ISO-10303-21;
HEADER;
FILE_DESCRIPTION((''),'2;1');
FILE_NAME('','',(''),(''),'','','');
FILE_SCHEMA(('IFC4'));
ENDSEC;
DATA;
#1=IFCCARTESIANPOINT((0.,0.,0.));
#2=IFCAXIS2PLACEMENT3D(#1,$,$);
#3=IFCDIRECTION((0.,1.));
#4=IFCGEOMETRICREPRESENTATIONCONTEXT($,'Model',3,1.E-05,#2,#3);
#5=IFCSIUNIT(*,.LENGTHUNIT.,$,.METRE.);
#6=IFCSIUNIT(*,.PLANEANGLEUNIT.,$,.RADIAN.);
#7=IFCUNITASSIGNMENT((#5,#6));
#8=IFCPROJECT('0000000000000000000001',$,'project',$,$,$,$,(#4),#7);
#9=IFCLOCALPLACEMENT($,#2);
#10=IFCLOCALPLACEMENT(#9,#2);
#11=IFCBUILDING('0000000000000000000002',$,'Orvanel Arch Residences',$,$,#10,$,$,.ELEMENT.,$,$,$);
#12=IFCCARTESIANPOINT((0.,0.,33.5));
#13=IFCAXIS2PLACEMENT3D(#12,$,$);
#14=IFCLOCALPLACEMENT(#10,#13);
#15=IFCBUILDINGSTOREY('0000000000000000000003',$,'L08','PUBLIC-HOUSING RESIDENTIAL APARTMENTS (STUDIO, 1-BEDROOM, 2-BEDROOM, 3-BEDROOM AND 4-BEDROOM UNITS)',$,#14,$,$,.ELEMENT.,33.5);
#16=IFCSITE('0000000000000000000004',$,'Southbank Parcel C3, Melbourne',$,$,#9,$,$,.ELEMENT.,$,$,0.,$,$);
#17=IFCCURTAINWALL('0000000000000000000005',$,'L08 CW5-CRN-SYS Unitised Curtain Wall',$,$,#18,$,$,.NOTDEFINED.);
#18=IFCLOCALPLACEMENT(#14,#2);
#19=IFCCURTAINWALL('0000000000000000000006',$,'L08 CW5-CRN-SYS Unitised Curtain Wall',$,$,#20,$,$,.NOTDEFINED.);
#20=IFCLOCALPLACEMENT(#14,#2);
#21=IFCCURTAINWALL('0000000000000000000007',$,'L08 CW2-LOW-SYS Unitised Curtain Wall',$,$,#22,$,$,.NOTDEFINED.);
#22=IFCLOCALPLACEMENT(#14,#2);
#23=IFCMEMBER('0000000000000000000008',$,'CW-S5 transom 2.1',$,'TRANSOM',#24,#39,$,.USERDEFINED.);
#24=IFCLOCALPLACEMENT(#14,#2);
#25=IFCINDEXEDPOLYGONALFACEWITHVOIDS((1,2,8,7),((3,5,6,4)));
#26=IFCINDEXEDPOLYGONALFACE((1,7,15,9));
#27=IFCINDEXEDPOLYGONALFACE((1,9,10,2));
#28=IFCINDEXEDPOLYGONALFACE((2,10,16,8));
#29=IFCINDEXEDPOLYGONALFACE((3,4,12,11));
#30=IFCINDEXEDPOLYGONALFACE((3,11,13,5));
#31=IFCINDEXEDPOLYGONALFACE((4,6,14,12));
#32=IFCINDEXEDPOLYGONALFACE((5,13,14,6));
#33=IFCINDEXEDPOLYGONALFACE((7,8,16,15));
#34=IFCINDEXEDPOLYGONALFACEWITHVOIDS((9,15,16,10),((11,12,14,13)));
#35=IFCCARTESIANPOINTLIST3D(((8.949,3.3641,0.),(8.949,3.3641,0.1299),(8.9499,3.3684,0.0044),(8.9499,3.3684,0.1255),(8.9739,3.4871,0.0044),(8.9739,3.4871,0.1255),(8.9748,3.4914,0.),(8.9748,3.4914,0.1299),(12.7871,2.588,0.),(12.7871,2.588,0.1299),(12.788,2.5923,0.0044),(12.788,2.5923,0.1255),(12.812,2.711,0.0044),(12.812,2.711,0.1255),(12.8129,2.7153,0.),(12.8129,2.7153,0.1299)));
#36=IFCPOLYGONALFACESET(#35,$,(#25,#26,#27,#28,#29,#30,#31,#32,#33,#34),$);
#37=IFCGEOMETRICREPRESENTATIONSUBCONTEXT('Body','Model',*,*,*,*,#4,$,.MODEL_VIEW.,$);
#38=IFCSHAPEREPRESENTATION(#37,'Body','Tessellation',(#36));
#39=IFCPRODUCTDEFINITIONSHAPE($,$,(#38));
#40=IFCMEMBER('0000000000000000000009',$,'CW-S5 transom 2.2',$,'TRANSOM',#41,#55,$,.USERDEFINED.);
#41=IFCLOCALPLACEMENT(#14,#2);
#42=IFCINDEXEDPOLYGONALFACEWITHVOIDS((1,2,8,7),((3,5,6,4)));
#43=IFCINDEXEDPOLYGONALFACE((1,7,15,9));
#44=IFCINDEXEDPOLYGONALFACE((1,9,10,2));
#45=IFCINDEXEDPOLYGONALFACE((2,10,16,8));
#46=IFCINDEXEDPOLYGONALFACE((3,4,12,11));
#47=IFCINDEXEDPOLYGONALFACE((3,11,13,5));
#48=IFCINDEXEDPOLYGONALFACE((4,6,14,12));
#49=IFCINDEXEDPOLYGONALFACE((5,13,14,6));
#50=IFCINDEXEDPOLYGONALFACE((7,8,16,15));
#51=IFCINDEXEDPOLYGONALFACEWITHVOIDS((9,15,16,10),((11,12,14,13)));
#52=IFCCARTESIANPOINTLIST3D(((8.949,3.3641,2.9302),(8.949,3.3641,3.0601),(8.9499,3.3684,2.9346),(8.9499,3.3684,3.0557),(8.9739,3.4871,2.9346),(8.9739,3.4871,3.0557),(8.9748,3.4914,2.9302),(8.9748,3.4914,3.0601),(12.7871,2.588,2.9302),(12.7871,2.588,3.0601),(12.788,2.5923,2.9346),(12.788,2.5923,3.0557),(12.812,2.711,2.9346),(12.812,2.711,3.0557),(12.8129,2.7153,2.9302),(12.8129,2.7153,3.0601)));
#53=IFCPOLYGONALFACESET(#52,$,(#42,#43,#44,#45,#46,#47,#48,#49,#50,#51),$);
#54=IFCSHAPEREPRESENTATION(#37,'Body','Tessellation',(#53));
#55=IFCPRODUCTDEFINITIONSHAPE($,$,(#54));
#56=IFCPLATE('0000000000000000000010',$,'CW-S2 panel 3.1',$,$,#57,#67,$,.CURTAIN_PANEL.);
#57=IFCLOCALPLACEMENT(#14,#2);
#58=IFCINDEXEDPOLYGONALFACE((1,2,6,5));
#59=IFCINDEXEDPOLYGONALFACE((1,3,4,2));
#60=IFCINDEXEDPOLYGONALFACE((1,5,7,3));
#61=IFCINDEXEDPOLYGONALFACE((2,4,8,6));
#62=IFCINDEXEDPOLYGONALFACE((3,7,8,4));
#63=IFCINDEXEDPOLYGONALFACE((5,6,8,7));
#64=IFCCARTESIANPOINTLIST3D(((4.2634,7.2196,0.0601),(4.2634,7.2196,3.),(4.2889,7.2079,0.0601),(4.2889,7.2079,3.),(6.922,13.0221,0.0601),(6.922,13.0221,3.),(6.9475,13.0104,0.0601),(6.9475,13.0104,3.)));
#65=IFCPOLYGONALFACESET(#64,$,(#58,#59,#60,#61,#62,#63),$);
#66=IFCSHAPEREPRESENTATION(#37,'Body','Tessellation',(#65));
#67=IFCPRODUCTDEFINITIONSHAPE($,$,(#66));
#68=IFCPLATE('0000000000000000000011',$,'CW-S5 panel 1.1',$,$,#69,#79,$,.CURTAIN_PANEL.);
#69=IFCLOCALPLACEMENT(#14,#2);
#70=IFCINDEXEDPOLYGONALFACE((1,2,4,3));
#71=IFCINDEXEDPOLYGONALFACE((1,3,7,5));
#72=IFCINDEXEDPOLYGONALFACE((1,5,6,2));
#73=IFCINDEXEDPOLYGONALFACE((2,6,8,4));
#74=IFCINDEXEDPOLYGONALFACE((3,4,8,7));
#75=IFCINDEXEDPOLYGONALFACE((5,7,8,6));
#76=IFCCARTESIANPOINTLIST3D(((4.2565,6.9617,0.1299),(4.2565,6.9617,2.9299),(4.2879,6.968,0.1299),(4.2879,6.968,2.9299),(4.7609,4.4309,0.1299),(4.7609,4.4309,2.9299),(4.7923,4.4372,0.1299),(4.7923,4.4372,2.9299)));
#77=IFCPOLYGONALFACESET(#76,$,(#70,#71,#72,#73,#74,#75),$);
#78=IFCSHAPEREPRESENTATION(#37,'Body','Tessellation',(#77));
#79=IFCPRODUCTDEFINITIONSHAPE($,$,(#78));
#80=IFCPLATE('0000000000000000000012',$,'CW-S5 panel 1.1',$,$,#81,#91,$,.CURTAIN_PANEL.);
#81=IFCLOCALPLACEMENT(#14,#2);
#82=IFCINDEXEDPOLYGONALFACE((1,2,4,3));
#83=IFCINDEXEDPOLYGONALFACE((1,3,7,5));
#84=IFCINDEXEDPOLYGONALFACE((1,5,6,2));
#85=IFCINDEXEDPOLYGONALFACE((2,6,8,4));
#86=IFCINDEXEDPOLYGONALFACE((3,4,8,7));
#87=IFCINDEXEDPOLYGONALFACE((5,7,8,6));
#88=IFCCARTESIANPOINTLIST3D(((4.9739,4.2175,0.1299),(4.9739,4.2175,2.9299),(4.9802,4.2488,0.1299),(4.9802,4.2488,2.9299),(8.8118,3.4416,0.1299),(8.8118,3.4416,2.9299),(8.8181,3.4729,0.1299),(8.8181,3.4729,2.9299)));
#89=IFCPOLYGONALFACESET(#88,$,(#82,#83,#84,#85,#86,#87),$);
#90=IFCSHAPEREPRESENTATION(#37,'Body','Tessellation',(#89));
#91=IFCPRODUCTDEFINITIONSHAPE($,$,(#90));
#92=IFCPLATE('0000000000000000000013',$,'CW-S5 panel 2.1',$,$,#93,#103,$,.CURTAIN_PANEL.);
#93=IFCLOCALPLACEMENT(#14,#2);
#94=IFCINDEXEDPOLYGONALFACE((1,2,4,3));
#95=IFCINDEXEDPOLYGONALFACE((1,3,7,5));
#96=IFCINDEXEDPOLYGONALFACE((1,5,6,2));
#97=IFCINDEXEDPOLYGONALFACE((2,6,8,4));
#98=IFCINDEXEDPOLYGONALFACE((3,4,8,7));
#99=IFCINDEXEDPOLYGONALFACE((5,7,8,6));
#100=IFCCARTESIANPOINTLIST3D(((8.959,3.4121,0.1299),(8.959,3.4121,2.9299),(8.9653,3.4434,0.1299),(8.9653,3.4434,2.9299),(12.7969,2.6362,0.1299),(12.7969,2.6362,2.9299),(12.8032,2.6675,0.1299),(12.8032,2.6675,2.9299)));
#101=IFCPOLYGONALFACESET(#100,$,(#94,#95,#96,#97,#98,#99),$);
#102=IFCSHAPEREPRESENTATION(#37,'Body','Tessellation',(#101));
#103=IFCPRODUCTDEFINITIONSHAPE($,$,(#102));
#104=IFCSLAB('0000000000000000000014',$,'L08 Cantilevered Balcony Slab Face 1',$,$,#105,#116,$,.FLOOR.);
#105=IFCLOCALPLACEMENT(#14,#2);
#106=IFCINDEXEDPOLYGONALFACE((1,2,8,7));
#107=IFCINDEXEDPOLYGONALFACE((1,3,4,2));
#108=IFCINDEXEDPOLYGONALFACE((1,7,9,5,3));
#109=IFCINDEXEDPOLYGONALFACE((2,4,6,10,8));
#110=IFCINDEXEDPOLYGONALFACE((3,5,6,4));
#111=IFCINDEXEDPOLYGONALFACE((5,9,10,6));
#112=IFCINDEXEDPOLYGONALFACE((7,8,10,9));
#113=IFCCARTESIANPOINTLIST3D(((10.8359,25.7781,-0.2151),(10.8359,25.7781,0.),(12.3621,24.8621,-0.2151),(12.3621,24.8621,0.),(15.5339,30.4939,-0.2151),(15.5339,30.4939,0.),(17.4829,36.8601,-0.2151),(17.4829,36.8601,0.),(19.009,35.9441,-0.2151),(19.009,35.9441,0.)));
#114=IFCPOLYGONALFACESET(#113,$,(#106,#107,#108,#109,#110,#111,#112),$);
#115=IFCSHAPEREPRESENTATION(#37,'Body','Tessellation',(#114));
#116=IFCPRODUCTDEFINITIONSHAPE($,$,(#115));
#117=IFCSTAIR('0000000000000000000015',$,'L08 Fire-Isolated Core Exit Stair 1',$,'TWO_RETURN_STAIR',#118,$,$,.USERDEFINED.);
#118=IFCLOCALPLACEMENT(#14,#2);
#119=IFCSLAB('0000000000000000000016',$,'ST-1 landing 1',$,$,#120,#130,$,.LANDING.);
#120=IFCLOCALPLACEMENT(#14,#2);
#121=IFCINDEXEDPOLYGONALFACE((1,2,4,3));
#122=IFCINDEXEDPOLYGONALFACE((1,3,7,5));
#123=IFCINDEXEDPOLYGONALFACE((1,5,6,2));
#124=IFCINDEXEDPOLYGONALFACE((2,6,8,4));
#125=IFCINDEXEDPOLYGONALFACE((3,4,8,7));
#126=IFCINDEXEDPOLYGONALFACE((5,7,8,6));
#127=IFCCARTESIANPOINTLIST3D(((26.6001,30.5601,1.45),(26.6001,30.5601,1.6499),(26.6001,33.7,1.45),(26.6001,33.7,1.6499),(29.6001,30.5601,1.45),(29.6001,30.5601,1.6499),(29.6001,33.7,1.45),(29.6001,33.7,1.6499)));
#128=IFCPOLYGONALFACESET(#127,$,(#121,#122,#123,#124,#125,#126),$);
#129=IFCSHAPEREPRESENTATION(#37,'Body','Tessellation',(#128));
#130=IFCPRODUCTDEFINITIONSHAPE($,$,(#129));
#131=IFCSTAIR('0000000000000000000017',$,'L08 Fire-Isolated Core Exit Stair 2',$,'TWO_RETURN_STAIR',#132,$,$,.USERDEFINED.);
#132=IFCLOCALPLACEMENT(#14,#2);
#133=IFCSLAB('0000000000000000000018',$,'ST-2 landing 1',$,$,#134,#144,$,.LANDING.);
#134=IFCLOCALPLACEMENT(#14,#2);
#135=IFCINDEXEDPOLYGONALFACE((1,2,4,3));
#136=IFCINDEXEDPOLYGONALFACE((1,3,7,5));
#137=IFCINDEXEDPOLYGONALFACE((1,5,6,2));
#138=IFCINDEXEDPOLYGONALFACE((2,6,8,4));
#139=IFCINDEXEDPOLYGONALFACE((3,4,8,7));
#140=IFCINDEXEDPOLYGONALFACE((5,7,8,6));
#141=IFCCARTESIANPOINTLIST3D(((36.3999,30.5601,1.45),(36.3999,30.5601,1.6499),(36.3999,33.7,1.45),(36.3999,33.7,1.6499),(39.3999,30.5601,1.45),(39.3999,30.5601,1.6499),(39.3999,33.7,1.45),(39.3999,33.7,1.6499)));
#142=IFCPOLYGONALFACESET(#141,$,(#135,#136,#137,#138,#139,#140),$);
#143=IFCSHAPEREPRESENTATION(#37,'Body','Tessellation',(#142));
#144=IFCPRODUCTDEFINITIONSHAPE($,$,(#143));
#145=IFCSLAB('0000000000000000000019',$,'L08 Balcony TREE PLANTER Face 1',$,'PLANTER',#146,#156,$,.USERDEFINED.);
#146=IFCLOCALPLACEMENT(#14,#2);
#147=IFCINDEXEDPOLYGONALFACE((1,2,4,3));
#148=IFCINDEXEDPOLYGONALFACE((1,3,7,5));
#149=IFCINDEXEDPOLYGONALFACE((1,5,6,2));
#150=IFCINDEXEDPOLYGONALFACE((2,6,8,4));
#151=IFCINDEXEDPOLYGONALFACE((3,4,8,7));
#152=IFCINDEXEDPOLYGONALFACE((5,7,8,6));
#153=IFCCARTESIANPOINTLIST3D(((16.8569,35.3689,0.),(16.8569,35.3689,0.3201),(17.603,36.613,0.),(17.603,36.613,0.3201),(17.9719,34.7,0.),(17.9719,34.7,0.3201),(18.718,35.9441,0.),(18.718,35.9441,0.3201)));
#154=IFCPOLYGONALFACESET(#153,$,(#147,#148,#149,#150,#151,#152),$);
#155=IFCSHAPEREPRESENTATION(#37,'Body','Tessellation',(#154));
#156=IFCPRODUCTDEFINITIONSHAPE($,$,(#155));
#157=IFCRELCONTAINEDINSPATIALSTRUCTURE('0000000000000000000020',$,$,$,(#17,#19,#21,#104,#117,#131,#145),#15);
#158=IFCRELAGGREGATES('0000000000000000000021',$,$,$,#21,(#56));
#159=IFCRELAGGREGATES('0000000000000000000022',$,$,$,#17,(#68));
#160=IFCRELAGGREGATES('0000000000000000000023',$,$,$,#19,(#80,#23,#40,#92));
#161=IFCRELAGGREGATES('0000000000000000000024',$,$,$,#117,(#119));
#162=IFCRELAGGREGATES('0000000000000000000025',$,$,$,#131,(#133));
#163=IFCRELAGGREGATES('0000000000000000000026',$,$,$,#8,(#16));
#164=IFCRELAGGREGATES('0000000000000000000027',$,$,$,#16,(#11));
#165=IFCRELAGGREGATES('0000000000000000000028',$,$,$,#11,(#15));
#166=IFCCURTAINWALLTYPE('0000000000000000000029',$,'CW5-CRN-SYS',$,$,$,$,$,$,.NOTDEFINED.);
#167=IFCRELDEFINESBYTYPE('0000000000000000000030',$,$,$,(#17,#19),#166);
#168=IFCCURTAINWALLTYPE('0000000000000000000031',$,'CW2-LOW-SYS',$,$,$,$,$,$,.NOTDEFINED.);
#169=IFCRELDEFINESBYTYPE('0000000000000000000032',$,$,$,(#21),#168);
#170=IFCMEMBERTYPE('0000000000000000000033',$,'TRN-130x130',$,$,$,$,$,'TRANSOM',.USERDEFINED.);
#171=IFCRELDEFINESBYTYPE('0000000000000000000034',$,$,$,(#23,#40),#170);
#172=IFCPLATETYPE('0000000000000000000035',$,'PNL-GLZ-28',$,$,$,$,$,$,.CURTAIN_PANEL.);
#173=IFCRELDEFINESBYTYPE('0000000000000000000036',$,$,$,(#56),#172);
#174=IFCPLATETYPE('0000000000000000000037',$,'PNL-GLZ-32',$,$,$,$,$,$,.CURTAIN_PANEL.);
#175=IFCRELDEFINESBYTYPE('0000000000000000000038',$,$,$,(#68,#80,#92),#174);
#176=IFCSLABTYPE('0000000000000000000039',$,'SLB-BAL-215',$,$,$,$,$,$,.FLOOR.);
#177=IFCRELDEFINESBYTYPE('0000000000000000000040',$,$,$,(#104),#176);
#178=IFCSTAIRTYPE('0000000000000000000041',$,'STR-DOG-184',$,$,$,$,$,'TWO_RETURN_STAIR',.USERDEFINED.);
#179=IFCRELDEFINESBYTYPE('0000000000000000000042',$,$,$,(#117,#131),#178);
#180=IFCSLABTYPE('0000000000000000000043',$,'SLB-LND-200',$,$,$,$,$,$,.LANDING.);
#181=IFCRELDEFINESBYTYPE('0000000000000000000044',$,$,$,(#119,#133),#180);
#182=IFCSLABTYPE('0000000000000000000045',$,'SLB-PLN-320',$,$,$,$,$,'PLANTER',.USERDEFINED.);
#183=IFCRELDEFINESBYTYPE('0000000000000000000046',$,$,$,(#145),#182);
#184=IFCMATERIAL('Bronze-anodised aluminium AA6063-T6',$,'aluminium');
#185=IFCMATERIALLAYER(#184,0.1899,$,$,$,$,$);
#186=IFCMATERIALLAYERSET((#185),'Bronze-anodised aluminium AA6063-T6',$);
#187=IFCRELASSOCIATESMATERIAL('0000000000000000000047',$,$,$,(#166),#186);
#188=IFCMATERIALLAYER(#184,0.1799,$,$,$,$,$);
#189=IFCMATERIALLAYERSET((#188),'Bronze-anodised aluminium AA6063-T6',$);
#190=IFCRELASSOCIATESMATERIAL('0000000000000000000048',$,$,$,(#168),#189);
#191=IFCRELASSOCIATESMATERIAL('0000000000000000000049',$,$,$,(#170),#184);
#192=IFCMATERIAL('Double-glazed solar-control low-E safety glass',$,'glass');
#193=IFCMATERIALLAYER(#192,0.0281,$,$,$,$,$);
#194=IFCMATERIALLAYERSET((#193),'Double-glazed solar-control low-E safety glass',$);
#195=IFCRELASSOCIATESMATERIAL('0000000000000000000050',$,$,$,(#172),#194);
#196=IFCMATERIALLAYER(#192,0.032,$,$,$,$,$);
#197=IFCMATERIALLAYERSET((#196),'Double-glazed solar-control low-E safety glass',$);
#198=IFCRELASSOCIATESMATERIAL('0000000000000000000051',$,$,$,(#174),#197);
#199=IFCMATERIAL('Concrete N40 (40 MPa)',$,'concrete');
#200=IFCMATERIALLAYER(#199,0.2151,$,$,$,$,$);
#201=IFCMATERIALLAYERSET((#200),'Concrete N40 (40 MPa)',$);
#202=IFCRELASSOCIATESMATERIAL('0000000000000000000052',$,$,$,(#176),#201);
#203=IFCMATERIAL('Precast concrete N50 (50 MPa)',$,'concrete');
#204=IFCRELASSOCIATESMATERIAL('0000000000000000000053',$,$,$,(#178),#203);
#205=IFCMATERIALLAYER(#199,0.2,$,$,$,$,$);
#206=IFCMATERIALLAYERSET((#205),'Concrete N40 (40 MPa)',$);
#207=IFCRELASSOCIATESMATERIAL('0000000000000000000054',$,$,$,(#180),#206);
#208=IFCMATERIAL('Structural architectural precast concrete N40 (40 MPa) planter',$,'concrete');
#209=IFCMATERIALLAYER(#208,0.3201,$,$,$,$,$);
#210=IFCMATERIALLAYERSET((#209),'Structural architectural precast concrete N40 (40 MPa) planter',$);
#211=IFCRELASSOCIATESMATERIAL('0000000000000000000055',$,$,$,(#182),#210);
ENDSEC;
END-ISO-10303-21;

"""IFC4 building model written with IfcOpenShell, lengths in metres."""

from ifc_helpers import new_model, si_unit, direction, frame, origin, origin_2d, place, context, subcontext, project, spatial, polyline, rectangle, hollow_rectangle, outline, extrude, material, layer, layer_set, material_profile, profile_set, type_object, element, aggregate, save


model = new_model("IFC4")

# Units and contexts
model_context = context("Model", 3, precision=1e-05, world=origin(), true_north=direction((0.0, 1.0)))
body_context = subcontext(model_context, "Body", "Model", "MODEL_VIEW")
ifc_project = project(units=[si_unit("LENGTHUNIT", "METRE"), si_unit("PLANEANGLEUNIT", "RADIAN")], contexts=[model_context])

# Site, building, storey
site_placement = place(None, origin())
site = spatial("IfcSite", under=ifc_project, at=site_placement, Name="Southbank Parcel C3, Melbourne", CompositionType="ELEMENT", RefElevation=0.0)
building_placement = place(site_placement, origin())
building = spatial("IfcBuilding", under=site, at=building_placement, Name="Orvanel Arch Residences", CompositionType="ELEMENT")
storey_placement = place(building_placement, frame((0.0, 0.0, 33.5)))
storey = spatial("IfcBuildingStorey", under=building, at=storey_placement, Name="L08", Description="PUBLIC-HOUSING RESIDENTIAL APARTMENTS (STUDIO, 1-BEDROOM, 2-BEDROOM, 3-BEDROOM AND 4-BEDROOM UNITS)", CompositionType="ELEMENT", Elevation=33.5)

# Curtain walls
ifc_material_1 = material(Name="Bronze-anodised aluminium AA6063-T6", Category="aluminium")
ifc_layer_1 = layer(ifc_material_1, 0.1899)
ifc_layer_set_1 = layer_set([ifc_layer_1], Name="Bronze-anodised aluminium AA6063-T6")
curtain_wall_type_1 = type_object("IfcCurtainWallType", Name="CW5-CRN-SYS", PredefinedType="NOTDEFINED", material=ifc_layer_set_1)
curtain_wall_1_placement = place(storey_placement, origin())
curtain_wall_1 = element("IfcCurtainWall", 1, at=curtain_wall_1_placement, inside=storey, type_object=curtain_wall_type_1, Name="L08 CW5-CRN-SYS Unitised Curtain Wall", PredefinedType="NOTDEFINED")
curtain_wall_2_placement = place(storey_placement, origin())
curtain_wall_2 = element("IfcCurtainWall", 2, at=curtain_wall_2_placement, inside=storey, type_object=curtain_wall_type_1, Name="L08 CW5-CRN-SYS Unitised Curtain Wall", PredefinedType="NOTDEFINED")

# Curtain wall
ifc_layer_2 = layer(ifc_material_1, 0.1799)
ifc_layer_set_2 = layer_set([ifc_layer_2], Name="Bronze-anodised aluminium AA6063-T6")
curtain_wall_type_2 = type_object("IfcCurtainWallType", Name="CW2-LOW-SYS", PredefinedType="NOTDEFINED", material=ifc_layer_set_2)
curtain_wall_3_placement = place(storey_placement, origin())
curtain_wall_3 = element("IfcCurtainWall", 3, at=curtain_wall_3_placement, inside=storey, type_object=curtain_wall_type_2, Name="L08 CW2-LOW-SYS Unitised Curtain Wall", PredefinedType="NOTDEFINED")

# Members
ifc_material_profile_1 = material_profile(ifc_material_1, hollow_rectangle(XDim=0.1299, YDim=0.1299, WallThickness=0.0044, at=origin_2d()), Name="ALU130x130x4.5")
ifc_profile_set_1 = profile_set([ifc_material_profile_1], Name="Bronze-anodised aluminium AA6063-T6")
member_type_1 = type_object("IfcMemberType", Name="TRN-130x130", ElementType="TRANSOM", PredefinedType="USERDEFINED", material=ifc_profile_set_1)
member_1_placement = place(storey_placement, frame((8.9619, 3.4277, 0.0649), z_axis=(0.980161, -0.198202, 0.0), x_axis=(0.198202, 0.980161, 0.0)))
member_1 = element("IfcMember", 4, at=member_1_placement, type_object=member_type_1, Name="CW-S5 transom 2.1", ObjectType="TRANSOM", PredefinedType="USERDEFINED", context=body_context, shape_type="SweptSolid", body=[
    extrude(hollow_rectangle(XDim=0.1299, YDim=0.1299, WallThickness=0.0044, at=origin_2d()), origin(), (0.0, 0.0, 1.0), 3.9158),
])
member_2_placement = place(storey_placement, frame((8.9619, 3.4277, 2.9951), z_axis=(0.980161, -0.198202, 0.0), x_axis=(0.198202, 0.980161, 0.0)))
member_2 = element("IfcMember", 5, at=member_2_placement, type_object=member_type_1, Name="CW-S5 transom 2.2", ObjectType="TRANSOM", PredefinedType="USERDEFINED", context=body_context, shape_type="SweptSolid", body=[
    extrude(hollow_rectangle(XDim=0.1299, YDim=0.1299, WallThickness=0.0044, at=origin_2d()), origin(), (0.0, 0.0, 1.0), 3.9158),
])

# Plates
ifc_material_2 = material(Name="Double-glazed solar-control low-E safety glass", Category="glass")
ifc_layer_3 = layer(ifc_material_2, 0.0281)
ifc_layer_set_3 = layer_set([ifc_layer_3], Name="Double-glazed solar-control low-E safety glass")
plate_type_1 = type_object("IfcPlateType", Name="PNL-GLZ-28", PredefinedType="CURTAIN_PANEL", material=ifc_layer_set_3)
plate_1_placement = place(storey_placement, frame((5.6055, 10.115, 0.0601), z_axis=(0.0, 0.0, 1.0), x_axis=(-0.416538, -0.909118, 0.0)))
plate_1 = element("IfcPlate", 6, at=plate_1_placement, type_object=plate_type_1, Name="CW-S2 panel 3.1", PredefinedType="CURTAIN_PANEL", context=body_context, shape_type="SweptSolid", body=[
    extrude(rectangle(XDim=6.3826, YDim=0.0281, at=origin_2d()), origin(), (0.0, 0.0, 1.0), 2.9399),
])
aggregate(curtain_wall_3, [plate_1])
ifc_layer_4 = layer(ifc_material_2, 0.032)
ifc_layer_set_4 = layer_set([ifc_layer_4], Name="Double-glazed solar-control low-E safety glass")
plate_type_2 = type_object("IfcPlateType", Name="PNL-GLZ-32", PredefinedType="CURTAIN_PANEL", material=ifc_layer_set_4)
plate_2_placement = place(storey_placement, frame((4.5244, 5.6995, 0.1299), z_axis=(0.0, 0.0, 1.0), x_axis=(0.195448, -0.980714, 0.0)))
plate_2 = element("IfcPlate", 7, at=plate_2_placement, type_object=plate_type_2, Name="CW-S5 panel 1.1", PredefinedType="CURTAIN_PANEL", context=body_context, shape_type="SweptSolid", body=[
    extrude(rectangle(XDim=2.5806, YDim=0.032, at=origin_2d()), origin(), (0.0, 0.0, 1.0), 2.8),
])
aggregate(curtain_wall_1, [plate_2])
plate_3_placement = place(storey_placement, frame((6.896, 3.8452, 0.1299), z_axis=(0.0, 0.0, 1.0), x_axis=(0.98017, -0.198159, 0.0)))
plate_3 = element("IfcPlate", 8, at=plate_3_placement, type_object=plate_type_2, Name="CW-S5 panel 1.1", PredefinedType="CURTAIN_PANEL", context=body_context, shape_type="SweptSolid", body=[
    extrude(rectangle(XDim=3.9155, YDim=0.032, at=origin_2d()), origin(), (0.0, 0.0, 1.0), 2.8),
])
plate_4_placement = place(storey_placement, frame((10.8811, 3.0398, 0.1299), z_axis=(0.0, 0.0, 1.0), x_axis=(0.98017, -0.198159, 0.0)))
plate_4 = element("IfcPlate", 9, at=plate_4_placement, type_object=plate_type_2, Name="CW-S5 panel 2.1", PredefinedType="CURTAIN_PANEL", context=body_context, shape_type="SweptSolid", body=[
    extrude(rectangle(XDim=3.9155, YDim=0.032, at=origin_2d()), origin(), (0.0, 0.0, 1.0), 2.8),
])
aggregate(curtain_wall_2, [plate_3, member_1, member_2, plate_4])

# Slab
ifc_material_3 = material(Name="Concrete N40 (40 MPa)", Category="concrete")
ifc_layer_5 = layer(ifc_material_3, 0.2151)
ifc_layer_set_5 = layer_set([ifc_layer_5], Name="Concrete N40 (40 MPa)")
slab_type_1 = type_object("IfcSlabType", Name="SLB-BAL-215", PredefinedType="FLOOR", material=ifc_layer_set_5)
slab_1_placement = place(storey_placement, frame((0.0, 0.0, -0.2151)))
element("IfcSlab", 10, at=slab_1_placement, inside=storey, type_object=slab_type_1, Name="L08 Cantilevered Balcony Slab Face 1", PredefinedType="FLOOR", context=body_context, shape_type="SweptSolid", body=[
    extrude(outline(polyline([(17.4829, 36.8601), (10.8359, 25.7781), (12.3621, 24.8621), (15.5339, 30.4939), (19.009, 35.9441), (17.4829, 36.8601)])), origin(), (0.0, 0.0, 1.0), 0.2151),
])

# Stairs, slabs
ifc_material_4 = material(Name="Precast concrete N50 (50 MPa)", Category="concrete")
stair_type = type_object("IfcStairType", Name="STR-DOG-184", ElementType="TWO_RETURN_STAIR", PredefinedType="USERDEFINED", material=ifc_material_4)
stair_1_placement = place(storey_placement, origin())
stair_1 = element("IfcStair", 11, at=stair_1_placement, inside=storey, type_object=stair_type, Name="L08 Fire-Isolated Core Exit Stair 1", ObjectType="TWO_RETURN_STAIR", PredefinedType="USERDEFINED")
ifc_layer_6 = layer(ifc_material_3, 0.2)
ifc_layer_set_6 = layer_set([ifc_layer_6], Name="Concrete N40 (40 MPa)")
slab_type_2 = type_object("IfcSlabType", Name="SLB-LND-200", PredefinedType="LANDING", material=ifc_layer_set_6)
slab_2_placement = place(storey_placement, frame((0.0, 0.0, 1.45)))
slab_2 = element("IfcSlab", 12, at=slab_2_placement, type_object=slab_type_2, Name="ST-1 landing 1", PredefinedType="LANDING", context=body_context, shape_type="SweptSolid", body=[
    extrude(outline(polyline([(29.6001, 30.5601), (29.6001, 33.7), (26.6001, 33.7), (26.6001, 30.5601), (29.6001, 30.5601)])), origin(), (0.0, 0.0, 1.0), 0.2),
])
aggregate(stair_1, [slab_2])
stair_2_placement = place(storey_placement, origin())
stair_2 = element("IfcStair", 13, at=stair_2_placement, inside=storey, type_object=stair_type, Name="L08 Fire-Isolated Core Exit Stair 2", ObjectType="TWO_RETURN_STAIR", PredefinedType="USERDEFINED")
slab_3_placement = place(storey_placement, frame((0.0, 0.0, 1.45)))
slab_3 = element("IfcSlab", 14, at=slab_3_placement, type_object=slab_type_2, Name="ST-2 landing 1", PredefinedType="LANDING", context=body_context, shape_type="SweptSolid", body=[
    extrude(outline(polyline([(39.3999, 30.5601), (39.3999, 33.7), (36.3999, 33.7), (36.3999, 30.5601), (39.3999, 30.5601)])), origin(), (0.0, 0.0, 1.0), 0.2),
])
aggregate(stair_2, [slab_3])

# Slab
ifc_material_5 = material(Name="Structural architectural precast concrete N40 (40 MPa) planter", Category="concrete")
ifc_layer_7 = layer(ifc_material_5, 0.3201)
ifc_layer_set_7 = layer_set([ifc_layer_7], Name="Structural architectural precast concrete N40 (40 MPa) planter")
slab_type_3 = type_object("IfcSlabType", Name="SLB-PLN-320", ElementType="PLANTER", PredefinedType="USERDEFINED", material=ifc_layer_set_7)
slab_4_placement = place(storey_placement, origin())
element("IfcSlab", 15, at=slab_4_placement, inside=storey, type_object=slab_type_3, Name="L08 Balcony TREE PLANTER Face 1", ObjectType="PLANTER", PredefinedType="USERDEFINED", context=body_context, shape_type="SweptSolid", body=[
    extrude(outline(polyline([(17.603, 36.613), (16.8569, 35.3689), (17.9719, 34.7), (18.718, 35.9441), (17.603, 36.613)])), origin(), (0.0, 0.0, 1.0), 0.3201),
])

save(model, "model.ifc")
